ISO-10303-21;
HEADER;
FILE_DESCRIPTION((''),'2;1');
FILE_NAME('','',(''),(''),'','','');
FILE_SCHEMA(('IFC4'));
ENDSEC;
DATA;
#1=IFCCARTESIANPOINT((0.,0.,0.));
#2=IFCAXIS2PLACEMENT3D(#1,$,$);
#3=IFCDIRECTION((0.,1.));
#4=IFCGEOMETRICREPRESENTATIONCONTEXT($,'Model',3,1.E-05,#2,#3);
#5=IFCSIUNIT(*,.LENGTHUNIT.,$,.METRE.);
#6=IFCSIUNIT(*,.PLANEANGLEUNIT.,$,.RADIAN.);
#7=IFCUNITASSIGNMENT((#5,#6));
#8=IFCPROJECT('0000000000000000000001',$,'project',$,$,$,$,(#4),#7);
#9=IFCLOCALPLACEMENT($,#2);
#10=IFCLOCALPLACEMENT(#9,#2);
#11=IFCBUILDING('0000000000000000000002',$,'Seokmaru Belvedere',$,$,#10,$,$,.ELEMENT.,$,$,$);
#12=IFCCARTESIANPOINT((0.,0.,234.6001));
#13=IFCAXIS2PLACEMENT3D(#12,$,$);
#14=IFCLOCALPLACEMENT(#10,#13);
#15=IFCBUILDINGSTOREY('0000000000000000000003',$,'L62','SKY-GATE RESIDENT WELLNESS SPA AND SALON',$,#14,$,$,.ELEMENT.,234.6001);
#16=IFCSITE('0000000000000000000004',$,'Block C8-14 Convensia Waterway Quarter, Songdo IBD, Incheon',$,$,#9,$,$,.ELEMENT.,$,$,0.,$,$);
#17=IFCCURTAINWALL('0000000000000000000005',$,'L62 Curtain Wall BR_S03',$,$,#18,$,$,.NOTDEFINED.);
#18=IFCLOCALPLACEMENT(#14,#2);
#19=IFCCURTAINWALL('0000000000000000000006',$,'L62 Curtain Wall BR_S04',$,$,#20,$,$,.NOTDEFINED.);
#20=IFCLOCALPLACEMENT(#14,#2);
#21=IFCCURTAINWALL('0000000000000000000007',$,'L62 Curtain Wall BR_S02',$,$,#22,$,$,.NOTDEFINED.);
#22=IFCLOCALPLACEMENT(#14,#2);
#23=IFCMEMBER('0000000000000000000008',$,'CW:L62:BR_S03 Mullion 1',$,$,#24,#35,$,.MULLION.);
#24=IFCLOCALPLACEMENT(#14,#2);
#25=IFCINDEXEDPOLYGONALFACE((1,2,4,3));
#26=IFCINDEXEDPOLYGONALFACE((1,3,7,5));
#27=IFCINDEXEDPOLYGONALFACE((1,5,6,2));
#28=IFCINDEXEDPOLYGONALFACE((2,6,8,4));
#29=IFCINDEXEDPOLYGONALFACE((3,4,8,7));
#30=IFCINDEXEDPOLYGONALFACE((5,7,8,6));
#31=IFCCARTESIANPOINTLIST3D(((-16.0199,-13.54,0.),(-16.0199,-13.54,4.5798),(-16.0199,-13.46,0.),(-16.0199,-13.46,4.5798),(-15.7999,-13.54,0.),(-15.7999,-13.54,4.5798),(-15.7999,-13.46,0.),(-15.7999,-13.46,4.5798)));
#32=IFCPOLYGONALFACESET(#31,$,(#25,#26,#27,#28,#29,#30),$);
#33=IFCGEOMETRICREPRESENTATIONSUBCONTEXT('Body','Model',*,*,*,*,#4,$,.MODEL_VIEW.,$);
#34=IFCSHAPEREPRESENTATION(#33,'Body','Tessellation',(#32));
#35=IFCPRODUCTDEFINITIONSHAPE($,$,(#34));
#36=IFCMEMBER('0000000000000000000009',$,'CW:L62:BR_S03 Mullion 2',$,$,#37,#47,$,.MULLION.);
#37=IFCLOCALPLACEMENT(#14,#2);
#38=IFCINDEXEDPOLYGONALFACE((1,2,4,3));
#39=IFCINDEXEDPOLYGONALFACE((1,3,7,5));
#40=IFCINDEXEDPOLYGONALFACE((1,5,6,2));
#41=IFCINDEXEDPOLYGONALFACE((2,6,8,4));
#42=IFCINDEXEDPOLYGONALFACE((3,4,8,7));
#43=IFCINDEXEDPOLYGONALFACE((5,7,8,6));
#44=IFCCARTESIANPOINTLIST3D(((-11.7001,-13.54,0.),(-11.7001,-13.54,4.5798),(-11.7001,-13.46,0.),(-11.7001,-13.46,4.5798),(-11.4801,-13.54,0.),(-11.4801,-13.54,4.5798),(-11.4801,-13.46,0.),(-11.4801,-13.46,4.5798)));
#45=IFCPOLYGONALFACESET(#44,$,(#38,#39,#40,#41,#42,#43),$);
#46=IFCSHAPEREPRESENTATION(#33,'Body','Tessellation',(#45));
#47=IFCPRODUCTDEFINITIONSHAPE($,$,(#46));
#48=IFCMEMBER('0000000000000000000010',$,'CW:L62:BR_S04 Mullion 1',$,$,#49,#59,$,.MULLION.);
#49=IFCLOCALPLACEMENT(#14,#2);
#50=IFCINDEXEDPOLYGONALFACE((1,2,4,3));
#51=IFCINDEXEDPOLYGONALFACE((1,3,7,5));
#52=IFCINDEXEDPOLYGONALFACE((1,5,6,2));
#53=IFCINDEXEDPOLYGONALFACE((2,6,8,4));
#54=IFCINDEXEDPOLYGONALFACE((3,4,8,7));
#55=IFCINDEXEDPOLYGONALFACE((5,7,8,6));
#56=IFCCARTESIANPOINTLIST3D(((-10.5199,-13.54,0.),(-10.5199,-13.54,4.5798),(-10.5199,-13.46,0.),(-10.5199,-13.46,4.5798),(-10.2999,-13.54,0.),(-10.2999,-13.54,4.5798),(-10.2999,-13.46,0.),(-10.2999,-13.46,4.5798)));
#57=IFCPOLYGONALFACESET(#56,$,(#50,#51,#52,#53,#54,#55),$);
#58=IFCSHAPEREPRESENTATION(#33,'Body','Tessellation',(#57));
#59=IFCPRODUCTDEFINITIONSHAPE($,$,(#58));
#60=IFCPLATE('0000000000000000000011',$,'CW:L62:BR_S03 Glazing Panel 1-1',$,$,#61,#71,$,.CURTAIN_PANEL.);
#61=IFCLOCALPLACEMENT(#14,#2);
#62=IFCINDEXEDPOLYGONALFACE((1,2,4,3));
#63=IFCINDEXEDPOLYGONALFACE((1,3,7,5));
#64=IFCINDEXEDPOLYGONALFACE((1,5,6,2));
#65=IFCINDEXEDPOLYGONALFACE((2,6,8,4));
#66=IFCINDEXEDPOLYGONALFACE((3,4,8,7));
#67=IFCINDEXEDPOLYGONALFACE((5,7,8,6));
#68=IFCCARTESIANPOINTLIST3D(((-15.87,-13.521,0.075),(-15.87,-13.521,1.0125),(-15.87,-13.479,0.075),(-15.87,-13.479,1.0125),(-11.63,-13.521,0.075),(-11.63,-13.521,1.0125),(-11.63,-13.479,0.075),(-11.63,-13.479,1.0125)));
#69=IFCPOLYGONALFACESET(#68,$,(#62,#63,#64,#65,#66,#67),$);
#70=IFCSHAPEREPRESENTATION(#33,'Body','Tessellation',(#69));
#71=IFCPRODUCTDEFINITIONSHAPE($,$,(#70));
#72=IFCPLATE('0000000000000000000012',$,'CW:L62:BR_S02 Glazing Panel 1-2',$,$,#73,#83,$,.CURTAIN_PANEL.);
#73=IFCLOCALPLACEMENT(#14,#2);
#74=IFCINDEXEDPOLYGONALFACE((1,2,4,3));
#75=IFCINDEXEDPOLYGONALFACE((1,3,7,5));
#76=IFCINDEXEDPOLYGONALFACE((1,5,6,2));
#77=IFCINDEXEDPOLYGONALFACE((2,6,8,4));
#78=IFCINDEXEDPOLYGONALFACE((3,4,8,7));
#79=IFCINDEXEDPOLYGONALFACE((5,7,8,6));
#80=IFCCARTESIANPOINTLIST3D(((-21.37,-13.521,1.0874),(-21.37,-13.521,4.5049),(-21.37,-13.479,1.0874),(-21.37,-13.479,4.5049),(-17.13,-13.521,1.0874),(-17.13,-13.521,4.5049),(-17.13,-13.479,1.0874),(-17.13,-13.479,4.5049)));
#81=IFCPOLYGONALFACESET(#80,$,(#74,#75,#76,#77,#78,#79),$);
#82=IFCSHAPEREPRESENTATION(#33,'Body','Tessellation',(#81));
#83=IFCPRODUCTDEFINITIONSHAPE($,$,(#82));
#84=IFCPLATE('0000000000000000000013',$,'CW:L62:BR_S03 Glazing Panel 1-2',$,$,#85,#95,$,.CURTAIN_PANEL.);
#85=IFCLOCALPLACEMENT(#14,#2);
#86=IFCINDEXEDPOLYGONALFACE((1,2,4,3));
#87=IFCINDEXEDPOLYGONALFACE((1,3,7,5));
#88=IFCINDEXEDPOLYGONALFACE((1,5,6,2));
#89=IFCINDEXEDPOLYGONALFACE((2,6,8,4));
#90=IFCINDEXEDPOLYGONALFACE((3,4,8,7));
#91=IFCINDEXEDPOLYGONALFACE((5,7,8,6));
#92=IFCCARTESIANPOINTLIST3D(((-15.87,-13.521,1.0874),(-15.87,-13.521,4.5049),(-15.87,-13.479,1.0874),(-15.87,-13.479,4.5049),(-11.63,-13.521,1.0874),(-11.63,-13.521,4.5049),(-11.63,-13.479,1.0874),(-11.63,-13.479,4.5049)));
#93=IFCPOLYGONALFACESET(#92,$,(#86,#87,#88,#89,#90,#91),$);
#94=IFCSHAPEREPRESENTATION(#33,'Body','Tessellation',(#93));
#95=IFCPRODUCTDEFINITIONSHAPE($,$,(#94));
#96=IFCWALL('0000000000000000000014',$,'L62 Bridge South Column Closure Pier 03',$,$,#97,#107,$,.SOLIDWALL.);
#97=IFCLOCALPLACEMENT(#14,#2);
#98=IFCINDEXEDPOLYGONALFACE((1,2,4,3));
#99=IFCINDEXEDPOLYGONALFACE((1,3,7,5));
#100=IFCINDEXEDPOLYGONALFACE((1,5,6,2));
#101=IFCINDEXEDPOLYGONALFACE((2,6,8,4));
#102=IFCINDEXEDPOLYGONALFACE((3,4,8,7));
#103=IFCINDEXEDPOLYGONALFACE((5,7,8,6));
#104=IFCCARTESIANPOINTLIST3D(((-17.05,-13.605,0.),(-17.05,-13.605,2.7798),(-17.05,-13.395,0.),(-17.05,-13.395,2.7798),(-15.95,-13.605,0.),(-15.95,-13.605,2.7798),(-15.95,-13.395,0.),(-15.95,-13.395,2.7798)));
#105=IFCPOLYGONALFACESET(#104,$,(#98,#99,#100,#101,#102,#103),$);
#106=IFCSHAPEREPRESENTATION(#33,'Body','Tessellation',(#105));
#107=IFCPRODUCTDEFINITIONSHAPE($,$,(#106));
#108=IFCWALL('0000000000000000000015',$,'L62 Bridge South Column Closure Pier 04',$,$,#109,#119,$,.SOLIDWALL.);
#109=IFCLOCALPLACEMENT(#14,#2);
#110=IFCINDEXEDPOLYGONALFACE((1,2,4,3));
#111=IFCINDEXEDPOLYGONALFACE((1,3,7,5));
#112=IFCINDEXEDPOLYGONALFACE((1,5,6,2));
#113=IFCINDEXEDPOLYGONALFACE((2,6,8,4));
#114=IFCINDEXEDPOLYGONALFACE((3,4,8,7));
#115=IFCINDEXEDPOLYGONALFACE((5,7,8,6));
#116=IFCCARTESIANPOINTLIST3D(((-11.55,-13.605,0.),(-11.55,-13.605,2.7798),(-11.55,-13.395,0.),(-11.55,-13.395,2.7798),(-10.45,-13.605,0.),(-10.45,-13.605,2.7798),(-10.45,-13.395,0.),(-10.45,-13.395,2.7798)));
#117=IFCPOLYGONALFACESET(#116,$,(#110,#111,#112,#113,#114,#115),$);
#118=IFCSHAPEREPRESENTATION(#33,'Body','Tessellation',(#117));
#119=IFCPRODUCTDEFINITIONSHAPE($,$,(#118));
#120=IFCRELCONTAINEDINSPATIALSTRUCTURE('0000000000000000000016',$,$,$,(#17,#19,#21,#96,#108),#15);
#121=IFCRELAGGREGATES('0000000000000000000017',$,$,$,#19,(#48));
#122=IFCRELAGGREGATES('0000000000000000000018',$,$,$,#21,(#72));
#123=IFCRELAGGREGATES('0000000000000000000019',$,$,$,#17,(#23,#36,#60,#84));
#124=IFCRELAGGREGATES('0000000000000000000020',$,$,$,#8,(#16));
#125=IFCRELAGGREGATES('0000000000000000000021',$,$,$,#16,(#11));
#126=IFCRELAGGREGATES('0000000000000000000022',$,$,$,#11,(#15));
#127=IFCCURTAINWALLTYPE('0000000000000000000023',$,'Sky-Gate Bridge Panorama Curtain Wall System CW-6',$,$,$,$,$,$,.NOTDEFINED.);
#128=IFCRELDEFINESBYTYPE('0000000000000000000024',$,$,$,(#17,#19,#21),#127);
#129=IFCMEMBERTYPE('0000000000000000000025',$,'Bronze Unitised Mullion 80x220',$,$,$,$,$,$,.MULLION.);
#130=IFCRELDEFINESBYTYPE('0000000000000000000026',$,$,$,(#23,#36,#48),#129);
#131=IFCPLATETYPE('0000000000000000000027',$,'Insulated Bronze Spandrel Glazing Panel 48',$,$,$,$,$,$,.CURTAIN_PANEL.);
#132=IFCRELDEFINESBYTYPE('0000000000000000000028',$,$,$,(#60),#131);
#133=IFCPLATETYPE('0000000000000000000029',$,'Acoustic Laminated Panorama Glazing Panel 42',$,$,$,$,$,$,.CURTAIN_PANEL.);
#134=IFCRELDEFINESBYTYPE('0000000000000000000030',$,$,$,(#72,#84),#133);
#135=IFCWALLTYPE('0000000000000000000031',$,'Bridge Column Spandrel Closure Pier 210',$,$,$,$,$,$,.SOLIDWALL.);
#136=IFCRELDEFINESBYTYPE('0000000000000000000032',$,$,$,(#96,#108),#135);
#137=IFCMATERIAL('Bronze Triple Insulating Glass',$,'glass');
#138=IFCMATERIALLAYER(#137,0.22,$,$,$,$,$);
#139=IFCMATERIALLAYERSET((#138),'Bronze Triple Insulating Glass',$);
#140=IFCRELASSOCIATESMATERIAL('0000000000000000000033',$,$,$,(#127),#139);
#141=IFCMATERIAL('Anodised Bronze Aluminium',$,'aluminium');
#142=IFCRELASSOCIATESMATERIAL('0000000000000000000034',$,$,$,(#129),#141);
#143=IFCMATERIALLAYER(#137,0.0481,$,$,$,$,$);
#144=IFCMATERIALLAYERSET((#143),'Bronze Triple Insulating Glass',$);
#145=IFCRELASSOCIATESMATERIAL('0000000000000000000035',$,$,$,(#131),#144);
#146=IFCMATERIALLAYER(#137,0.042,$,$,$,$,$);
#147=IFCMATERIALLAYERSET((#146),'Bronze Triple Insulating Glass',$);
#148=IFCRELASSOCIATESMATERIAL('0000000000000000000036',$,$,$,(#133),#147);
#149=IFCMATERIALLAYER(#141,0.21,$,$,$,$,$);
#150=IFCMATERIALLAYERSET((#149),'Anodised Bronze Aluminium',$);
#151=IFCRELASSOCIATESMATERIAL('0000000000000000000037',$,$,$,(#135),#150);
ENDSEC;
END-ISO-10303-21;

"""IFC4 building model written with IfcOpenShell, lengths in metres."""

from ifc_helpers import new_model, si_unit, direction, frame, frame_2d, origin, origin_2d, place, context, subcontext, project, spatial, rectangle, extrude, source, transform, mapped, material, layer, layer_set, material_profile, profile_set, type_object, type_shapes, element, aggregate, save


model = new_model("IFC4")

# Units and contexts
model_context = context("Model", 3, precision=1e-05, world=origin(), true_north=direction((0.0, 1.0)))
body_context = subcontext(model_context, "Body", "Model", "MODEL_VIEW")
ifc_project = project(units=[si_unit("LENGTHUNIT", "METRE"), si_unit("PLANEANGLEUNIT", "RADIAN")], contexts=[model_context])

# Site, building, storey
site_placement = place(None, origin())
site = spatial("IfcSite", under=ifc_project, at=site_placement, Name="Block C8-14 Convensia Waterway Quarter, Songdo IBD, Incheon", CompositionType="ELEMENT", RefElevation=0.0)
building_placement = place(site_placement, origin())
building = spatial("IfcBuilding", under=site, at=building_placement, Name="Seokmaru Belvedere", CompositionType="ELEMENT")
storey_placement = place(building_placement, frame((0.0, 0.0, 234.6001)))
storey = spatial("IfcBuildingStorey", under=building, at=storey_placement, Name="L62", Description="SKY-GATE RESIDENT WELLNESS SPA AND SALON", CompositionType="ELEMENT", Elevation=234.6001)

# Curtain walls
ifc_material_1 = material(Name="Bronze Triple Insulating Glass", Category="glass")
ifc_layer_1 = layer(ifc_material_1, 0.22)
ifc_layer_set_1 = layer_set([ifc_layer_1], Name="Bronze Triple Insulating Glass")
curtain_wall_type = type_object("IfcCurtainWallType", Name="Sky-Gate Bridge Panorama Curtain Wall System CW-6", PredefinedType="NOTDEFINED", material=ifc_layer_set_1)
curtain_wall_1_placement = place(storey_placement, origin())
curtain_wall_1 = element("IfcCurtainWall", 1, at=curtain_wall_1_placement, inside=storey, type_object=curtain_wall_type, Name="L62 Curtain Wall BR_S03", PredefinedType="NOTDEFINED")
ifc_material_2 = material(Name="Anodised Bronze Aluminium", Category="aluminium")
curtain_wall_2_placement = place(storey_placement, origin())
curtain_wall_2 = element("IfcCurtainWall", 2, at=curtain_wall_2_placement, inside=storey, type_object=curtain_wall_type, Name="L62 Curtain Wall BR_S04", PredefinedType="NOTDEFINED")

# Curtain wall
curtain_wall_3_placement = place(storey_placement, origin())
curtain_wall_3 = element("IfcCurtainWall", 3, at=curtain_wall_3_placement, inside=storey, type_object=curtain_wall_type, Name="L62 Curtain Wall BR_S02", PredefinedType="NOTDEFINED")
ifc_material_profile_1 = material_profile(ifc_material_2, rectangle(XDim=0.0801, YDim=0.22, at=origin_2d()), Name="CW-M-80x220")
ifc_profile_set_1 = profile_set([ifc_material_profile_1], Name="Anodised Bronze Aluminium")
member_type_1 = type_object("IfcMemberType", Name="Bronze Unitised Mullion 80x220", PredefinedType="MULLION", material=ifc_profile_set_1)
shared_shape_1 = source(origin(), body_context, "Body", "SweptSolid", [
    extrude(rectangle(XDim=0.0801, YDim=0.22, at=origin_2d()), origin(), (0.0, 0.0, 1.0), 4.5798),
])
type_shapes(member_type_1, [shared_shape_1])

# Members
member_1_placement = place(storey_placement, frame((-15.9099, -13.5, 0.0), z_axis=(0.0, 0.0, 1.0), x_axis=(0.0, 1.0, 0.0)))
member_1 = element("IfcMember", 4, at=member_1_placement, type_object=member_type_1, Name="CW:L62:BR_S03 Mullion 1", PredefinedType="MULLION", context=body_context, shape_type="MappedRepresentation", body=[
    mapped(shared_shape_1, transform((0.0, 0.0, 0.0), scale=1.0)),
])
member_2_placement = place(storey_placement, frame((-11.5901, -13.5, 0.0), z_axis=(0.0, 0.0, 1.0), x_axis=(0.0, 1.0, 0.0)))
member_2 = element("IfcMember", 5, at=member_2_placement, type_object=member_type_1, Name="CW:L62:BR_S03 Mullion 2", PredefinedType="MULLION", context=body_context, shape_type="MappedRepresentation", body=[
    mapped(shared_shape_1, transform((0.0, 0.0, 0.0), scale=1.0)),
])
member_3_placement = place(storey_placement, frame((-10.4099, -13.5, 0.0), z_axis=(0.0, 0.0, 1.0), x_axis=(0.0, 1.0, 0.0)))
member_3 = element("IfcMember", 6, at=member_3_placement, type_object=member_type_1, Name="CW:L62:BR_S04 Mullion 1", PredefinedType="MULLION", context=body_context, shape_type="MappedRepresentation", body=[
    mapped(shared_shape_1, transform((0.0, 0.0, 0.0), scale=1.0)),
])
aggregate(curtain_wall_2, [member_3])

# Plates
ifc_layer_2 = layer(ifc_material_1, 0.0481)
ifc_layer_set_2 = layer_set([ifc_layer_2], Name="Bronze Triple Insulating Glass")
plate_type_1 = type_object("IfcPlateType", Name="Insulated Bronze Spandrel Glazing Panel 48", PredefinedType="CURTAIN_PANEL", material=ifc_layer_set_2)
shared_shape_2 = source(origin(), body_context, "Body", "SweptSolid", [
    extrude(rectangle(XDim=4.24, YDim=0.042, at=origin_2d()), origin(), (0.0, 0.0, 1.0), 0.9375),
])
type_shapes(plate_type_1, [shared_shape_2])
plate_1_placement = place(storey_placement, frame((-13.75, -13.5, 0.075), z_axis=(0.0, 0.0, 1.0), x_axis=(1.0, 0.0, 0.0)))
plate_1 = element("IfcPlate", 7, at=plate_1_placement, type_object=plate_type_1, Name="CW:L62:BR_S03 Glazing Panel 1-1", PredefinedType="CURTAIN_PANEL", context=body_context, shape_type="MappedRepresentation", body=[
    mapped(shared_shape_2, transform((0.0, 0.0, 0.0), scale=1.0)),
])
ifc_layer_3 = layer(ifc_material_1, 0.042)
ifc_layer_set_3 = layer_set([ifc_layer_3], Name="Bronze Triple Insulating Glass")
plate_type_2 = type_object("IfcPlateType", Name="Acoustic Laminated Panorama Glazing Panel 42", PredefinedType="CURTAIN_PANEL", material=ifc_layer_set_3)
shared_shape_3 = source(origin(), body_context, "Body", "SweptSolid", [
    extrude(rectangle(XDim=4.24, YDim=0.042, at=origin_2d()), origin(), (0.0, 0.0, 1.0), 3.4175),
])
type_shapes(plate_type_2, [shared_shape_3])
plate_2_placement = place(storey_placement, frame((-19.25, -13.5, 1.0874), z_axis=(0.0, 0.0, 1.0), x_axis=(1.0, 0.0, 0.0)))
plate_2 = element("IfcPlate", 8, at=plate_2_placement, type_object=plate_type_2, Name="CW:L62:BR_S02 Glazing Panel 1-2", PredefinedType="CURTAIN_PANEL", context=body_context, shape_type="MappedRepresentation", body=[
    mapped(shared_shape_3, transform((0.0, 0.0, 0.0), scale=1.0)),
])
aggregate(curtain_wall_3, [plate_2])
plate_3_placement = place(storey_placement, frame((-13.75, -13.5, 1.0874), z_axis=(0.0, 0.0, 1.0), x_axis=(1.0, 0.0, 0.0)))
plate_3 = element("IfcPlate", 9, at=plate_3_placement, type_object=plate_type_2, Name="CW:L62:BR_S03 Glazing Panel 1-2", PredefinedType="CURTAIN_PANEL", context=body_context, shape_type="MappedRepresentation", body=[
    mapped(shared_shape_3, transform((0.0, 0.0, 0.0), scale=1.0)),
])
aggregate(curtain_wall_1, [member_1, member_2, plate_1, plate_3])

# Walls
ifc_layer_4 = layer(ifc_material_2, 0.21)
ifc_layer_set_4 = layer_set([ifc_layer_4], Name="Anodised Bronze Aluminium")
wall_type = type_object("IfcWallType", Name="Bridge Column Spandrel Closure Pier 210", PredefinedType="SOLIDWALL", material=ifc_layer_set_4)
for number, where, z_axis, x_axis, name in (
    (10, (-17.05, -13.5, 0.0), (0.0, 0.0, 1.0), (1.0, 0.0, 0.0), "L62 Bridge South Column Closure Pier 03"),
    (11, (-11.55, -13.5, 0.0), (0.0, 0.0, 1.0), (1.0, 0.0, 0.0), "L62 Bridge South Column Closure Pier 04"),
):
    element("IfcWall", number, at=place(storey_placement, frame(where, z_axis=z_axis, x_axis=x_axis)), inside=storey, type_object=wall_type, Name=name, PredefinedType="SOLIDWALL", context=body_context, shape_type="SweptSolid", body=[
        extrude(rectangle(XDim=1.1001, YDim=0.21, at=frame_2d((0.55, 0.0))), origin(), (0.0, 0.0, 1.0), 2.7798),
    ])

save(model, "model.ifc")
